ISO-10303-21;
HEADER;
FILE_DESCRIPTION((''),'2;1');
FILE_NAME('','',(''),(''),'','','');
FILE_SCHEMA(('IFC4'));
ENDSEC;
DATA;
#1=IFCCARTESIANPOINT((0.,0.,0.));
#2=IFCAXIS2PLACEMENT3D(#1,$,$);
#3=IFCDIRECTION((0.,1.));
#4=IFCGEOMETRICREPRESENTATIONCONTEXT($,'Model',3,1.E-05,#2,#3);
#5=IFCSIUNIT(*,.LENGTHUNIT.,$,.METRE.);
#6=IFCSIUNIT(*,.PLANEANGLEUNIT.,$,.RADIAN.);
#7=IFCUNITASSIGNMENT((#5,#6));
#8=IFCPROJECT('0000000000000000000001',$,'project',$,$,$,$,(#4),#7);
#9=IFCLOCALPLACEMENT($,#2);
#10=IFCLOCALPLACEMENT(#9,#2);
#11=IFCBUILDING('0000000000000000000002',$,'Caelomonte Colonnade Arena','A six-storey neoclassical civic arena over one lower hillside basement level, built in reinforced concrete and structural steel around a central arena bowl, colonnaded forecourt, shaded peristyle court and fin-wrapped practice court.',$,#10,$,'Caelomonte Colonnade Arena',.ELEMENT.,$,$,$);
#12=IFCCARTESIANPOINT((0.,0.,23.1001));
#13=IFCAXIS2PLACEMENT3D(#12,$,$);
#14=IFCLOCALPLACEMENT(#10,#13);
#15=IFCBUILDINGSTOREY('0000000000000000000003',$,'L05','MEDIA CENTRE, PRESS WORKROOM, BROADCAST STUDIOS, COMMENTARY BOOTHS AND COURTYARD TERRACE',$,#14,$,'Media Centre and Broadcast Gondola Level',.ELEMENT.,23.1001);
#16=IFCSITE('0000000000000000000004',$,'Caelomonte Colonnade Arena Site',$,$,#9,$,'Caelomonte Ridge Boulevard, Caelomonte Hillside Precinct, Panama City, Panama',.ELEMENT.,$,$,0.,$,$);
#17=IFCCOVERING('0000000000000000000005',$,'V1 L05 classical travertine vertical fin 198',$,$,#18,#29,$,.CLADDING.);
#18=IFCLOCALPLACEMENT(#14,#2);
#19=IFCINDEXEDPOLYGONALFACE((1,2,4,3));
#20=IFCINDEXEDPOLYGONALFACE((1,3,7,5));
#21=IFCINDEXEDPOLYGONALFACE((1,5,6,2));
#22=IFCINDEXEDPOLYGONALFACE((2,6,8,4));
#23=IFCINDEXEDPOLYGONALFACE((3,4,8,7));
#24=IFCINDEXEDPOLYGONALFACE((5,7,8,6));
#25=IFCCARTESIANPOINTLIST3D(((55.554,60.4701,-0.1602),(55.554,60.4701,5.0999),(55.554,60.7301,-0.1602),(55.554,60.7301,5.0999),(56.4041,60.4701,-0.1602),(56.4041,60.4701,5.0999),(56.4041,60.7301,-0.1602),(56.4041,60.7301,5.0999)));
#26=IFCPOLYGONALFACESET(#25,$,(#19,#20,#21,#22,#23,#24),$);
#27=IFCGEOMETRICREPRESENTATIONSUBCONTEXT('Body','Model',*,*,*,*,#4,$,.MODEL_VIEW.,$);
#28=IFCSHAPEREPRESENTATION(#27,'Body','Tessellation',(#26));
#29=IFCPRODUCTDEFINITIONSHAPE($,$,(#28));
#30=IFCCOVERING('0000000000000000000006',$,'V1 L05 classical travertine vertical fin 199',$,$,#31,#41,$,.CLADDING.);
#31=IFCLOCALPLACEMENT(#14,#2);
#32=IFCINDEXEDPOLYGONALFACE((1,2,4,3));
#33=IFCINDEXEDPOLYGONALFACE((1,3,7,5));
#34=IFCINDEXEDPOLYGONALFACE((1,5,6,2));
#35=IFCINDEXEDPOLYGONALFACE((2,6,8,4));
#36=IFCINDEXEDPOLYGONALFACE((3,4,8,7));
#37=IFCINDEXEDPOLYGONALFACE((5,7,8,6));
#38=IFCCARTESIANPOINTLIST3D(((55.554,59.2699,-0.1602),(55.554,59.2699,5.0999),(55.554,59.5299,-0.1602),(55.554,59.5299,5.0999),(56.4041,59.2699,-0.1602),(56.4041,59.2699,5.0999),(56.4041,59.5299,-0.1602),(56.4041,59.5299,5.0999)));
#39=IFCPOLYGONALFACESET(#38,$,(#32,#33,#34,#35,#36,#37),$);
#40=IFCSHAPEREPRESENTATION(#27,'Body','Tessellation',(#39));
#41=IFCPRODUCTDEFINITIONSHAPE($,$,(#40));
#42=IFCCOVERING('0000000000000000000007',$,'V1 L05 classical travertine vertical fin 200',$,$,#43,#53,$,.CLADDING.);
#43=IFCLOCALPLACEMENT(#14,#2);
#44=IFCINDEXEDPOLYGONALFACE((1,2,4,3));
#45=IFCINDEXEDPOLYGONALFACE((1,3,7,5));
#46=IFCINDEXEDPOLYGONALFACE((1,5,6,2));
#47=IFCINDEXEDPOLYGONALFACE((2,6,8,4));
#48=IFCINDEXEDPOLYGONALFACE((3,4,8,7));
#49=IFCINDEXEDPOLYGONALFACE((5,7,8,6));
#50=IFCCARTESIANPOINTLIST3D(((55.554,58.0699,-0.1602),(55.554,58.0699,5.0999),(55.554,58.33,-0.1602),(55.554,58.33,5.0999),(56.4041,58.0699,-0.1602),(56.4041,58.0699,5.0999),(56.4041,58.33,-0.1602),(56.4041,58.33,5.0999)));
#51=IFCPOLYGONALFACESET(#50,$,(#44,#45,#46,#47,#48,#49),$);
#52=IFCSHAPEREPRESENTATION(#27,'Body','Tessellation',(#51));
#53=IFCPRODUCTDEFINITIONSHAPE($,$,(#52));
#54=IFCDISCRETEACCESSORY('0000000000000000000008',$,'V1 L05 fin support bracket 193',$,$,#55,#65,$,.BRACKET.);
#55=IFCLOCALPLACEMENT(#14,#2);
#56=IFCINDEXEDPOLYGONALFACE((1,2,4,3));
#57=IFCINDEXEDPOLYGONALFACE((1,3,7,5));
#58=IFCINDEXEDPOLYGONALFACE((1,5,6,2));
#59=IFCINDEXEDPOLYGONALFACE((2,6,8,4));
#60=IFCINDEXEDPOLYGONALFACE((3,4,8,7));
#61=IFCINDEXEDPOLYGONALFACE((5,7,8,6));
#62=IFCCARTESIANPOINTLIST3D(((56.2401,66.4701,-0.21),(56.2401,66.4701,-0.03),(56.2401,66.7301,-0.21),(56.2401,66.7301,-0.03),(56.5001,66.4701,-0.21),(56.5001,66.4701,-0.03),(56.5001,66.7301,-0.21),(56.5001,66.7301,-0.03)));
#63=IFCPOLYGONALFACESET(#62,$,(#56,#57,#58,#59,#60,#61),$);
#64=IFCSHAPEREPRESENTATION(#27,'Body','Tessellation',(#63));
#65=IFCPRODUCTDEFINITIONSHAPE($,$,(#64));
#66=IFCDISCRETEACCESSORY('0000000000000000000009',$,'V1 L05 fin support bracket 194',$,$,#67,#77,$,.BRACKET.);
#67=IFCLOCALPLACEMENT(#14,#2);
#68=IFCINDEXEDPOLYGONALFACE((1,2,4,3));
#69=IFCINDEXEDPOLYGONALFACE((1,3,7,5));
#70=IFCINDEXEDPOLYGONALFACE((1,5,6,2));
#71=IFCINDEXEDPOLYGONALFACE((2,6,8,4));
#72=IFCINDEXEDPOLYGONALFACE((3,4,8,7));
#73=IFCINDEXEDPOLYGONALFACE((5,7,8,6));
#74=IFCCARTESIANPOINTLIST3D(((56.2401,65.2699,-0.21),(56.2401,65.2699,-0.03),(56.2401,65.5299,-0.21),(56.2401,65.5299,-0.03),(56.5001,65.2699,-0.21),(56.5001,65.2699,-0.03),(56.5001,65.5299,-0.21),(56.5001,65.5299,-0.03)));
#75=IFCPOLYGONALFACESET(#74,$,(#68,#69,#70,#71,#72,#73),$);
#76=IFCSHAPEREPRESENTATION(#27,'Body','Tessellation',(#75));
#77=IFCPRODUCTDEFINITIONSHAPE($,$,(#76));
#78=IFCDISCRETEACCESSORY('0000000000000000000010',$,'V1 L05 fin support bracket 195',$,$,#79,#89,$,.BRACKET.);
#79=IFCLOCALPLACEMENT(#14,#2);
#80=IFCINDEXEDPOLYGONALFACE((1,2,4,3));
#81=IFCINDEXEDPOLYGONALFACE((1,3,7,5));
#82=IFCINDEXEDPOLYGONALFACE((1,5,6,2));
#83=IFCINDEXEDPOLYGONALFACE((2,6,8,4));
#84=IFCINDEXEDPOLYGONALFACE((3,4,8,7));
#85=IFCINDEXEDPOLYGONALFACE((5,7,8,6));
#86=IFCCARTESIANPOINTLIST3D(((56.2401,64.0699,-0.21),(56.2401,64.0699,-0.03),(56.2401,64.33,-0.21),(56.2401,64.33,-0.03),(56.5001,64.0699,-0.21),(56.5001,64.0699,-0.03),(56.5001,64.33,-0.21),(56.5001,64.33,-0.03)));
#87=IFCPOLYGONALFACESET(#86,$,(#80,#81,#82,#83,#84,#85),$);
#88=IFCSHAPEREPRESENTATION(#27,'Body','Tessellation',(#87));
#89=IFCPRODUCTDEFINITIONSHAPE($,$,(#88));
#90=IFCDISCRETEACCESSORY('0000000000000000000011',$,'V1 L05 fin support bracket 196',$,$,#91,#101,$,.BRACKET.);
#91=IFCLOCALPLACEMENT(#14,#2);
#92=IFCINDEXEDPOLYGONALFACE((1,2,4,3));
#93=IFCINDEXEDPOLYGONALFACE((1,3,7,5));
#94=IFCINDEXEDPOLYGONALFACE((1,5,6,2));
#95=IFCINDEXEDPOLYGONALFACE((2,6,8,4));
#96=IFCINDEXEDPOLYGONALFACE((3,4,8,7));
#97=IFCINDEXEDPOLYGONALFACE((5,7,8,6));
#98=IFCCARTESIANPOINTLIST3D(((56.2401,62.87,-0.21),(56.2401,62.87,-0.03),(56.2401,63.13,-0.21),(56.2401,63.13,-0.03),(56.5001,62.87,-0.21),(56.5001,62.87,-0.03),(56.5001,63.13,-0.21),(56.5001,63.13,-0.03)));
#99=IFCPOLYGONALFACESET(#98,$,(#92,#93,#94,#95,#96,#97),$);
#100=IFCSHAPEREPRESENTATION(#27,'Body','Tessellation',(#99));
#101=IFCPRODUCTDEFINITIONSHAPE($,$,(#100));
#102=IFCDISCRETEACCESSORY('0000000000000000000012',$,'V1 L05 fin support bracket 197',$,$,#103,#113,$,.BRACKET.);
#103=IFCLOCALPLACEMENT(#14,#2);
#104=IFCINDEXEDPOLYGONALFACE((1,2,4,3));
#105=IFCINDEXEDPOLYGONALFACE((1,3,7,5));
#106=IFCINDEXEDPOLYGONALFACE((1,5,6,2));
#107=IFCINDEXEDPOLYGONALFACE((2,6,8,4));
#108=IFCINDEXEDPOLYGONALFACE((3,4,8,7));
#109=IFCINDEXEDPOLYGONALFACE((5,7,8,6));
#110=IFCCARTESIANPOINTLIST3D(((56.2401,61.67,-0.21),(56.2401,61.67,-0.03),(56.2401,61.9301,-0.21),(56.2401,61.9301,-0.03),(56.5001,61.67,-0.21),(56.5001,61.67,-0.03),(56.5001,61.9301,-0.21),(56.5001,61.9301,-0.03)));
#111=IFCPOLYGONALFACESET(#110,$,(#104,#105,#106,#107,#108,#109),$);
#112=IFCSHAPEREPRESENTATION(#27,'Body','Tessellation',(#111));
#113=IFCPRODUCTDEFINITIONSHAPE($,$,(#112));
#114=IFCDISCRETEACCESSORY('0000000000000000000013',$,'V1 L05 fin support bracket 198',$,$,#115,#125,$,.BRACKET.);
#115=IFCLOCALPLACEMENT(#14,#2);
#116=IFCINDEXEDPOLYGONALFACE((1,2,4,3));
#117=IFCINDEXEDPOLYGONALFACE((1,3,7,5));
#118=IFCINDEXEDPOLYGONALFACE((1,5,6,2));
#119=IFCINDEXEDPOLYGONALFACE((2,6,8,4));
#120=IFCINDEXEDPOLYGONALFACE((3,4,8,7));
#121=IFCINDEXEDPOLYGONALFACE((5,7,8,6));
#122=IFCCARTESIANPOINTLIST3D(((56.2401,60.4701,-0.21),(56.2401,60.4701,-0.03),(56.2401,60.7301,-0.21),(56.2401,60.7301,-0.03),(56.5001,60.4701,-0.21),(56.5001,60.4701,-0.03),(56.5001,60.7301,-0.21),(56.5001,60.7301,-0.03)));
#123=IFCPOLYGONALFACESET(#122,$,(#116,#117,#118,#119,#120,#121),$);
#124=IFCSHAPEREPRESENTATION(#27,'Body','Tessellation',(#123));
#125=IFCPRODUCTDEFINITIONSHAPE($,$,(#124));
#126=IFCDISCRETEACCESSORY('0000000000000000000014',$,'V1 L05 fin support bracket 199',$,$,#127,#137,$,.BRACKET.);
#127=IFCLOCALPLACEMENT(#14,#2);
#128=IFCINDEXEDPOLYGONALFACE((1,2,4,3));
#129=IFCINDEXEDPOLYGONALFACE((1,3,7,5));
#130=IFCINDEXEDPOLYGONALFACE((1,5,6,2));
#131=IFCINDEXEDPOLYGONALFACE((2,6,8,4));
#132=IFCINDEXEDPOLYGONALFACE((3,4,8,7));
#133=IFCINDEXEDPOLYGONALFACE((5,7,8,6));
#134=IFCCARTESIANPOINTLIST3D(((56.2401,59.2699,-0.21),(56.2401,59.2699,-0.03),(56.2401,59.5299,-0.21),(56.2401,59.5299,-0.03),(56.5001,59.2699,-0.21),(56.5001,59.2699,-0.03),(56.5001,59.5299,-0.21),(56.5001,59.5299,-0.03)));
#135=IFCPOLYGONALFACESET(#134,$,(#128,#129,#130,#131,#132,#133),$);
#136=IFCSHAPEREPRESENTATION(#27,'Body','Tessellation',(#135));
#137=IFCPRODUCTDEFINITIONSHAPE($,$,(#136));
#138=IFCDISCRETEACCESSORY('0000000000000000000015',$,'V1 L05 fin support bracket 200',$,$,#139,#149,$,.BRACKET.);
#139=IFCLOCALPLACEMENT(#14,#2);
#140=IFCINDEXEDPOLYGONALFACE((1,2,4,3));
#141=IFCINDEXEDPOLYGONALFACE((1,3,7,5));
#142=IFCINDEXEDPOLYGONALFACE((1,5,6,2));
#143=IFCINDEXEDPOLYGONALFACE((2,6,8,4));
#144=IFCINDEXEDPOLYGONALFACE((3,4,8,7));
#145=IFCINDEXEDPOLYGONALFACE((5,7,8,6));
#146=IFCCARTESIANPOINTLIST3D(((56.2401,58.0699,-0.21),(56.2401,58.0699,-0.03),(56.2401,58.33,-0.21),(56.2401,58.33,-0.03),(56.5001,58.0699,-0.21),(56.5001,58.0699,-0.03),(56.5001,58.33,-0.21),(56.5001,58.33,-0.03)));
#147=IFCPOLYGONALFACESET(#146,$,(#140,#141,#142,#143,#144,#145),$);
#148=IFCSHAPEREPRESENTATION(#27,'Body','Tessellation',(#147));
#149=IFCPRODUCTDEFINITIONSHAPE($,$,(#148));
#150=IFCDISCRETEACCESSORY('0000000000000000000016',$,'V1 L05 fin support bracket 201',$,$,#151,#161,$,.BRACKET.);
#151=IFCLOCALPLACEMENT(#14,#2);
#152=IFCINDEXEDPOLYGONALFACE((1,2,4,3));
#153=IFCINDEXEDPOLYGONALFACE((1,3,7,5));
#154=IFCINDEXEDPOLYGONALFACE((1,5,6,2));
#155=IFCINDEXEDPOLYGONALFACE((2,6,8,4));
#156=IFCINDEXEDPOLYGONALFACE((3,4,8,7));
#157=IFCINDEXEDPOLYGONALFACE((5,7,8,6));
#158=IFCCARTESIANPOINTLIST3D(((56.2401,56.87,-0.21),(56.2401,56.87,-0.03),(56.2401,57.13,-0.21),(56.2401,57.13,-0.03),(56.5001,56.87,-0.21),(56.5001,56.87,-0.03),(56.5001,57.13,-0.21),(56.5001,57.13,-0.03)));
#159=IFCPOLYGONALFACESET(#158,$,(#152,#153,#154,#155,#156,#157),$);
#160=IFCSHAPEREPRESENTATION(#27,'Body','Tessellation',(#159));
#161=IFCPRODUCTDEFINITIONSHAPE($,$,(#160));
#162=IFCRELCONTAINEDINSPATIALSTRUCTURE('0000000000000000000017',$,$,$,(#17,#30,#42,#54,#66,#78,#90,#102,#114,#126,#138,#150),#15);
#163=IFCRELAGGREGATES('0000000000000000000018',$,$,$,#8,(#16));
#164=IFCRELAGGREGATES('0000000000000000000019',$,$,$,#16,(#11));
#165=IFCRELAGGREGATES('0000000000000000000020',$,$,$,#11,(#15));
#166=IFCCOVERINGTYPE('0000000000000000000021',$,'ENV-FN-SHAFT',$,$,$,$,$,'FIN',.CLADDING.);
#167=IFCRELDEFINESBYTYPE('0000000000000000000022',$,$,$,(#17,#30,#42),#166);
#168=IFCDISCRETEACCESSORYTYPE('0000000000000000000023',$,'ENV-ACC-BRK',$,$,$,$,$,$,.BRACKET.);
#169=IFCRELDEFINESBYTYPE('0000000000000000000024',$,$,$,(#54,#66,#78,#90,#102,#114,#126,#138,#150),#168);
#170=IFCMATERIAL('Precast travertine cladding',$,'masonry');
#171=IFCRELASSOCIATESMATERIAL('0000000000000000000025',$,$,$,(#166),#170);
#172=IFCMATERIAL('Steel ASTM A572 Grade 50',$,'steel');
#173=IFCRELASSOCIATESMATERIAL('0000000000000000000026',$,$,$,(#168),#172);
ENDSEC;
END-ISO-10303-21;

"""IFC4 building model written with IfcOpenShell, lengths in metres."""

from ifc_helpers import new_model, si_unit, direction, frame, origin, origin_2d, place, context, subcontext, project, spatial, rectangle, extrude, material, material_profile, profile_set, type_object, element, save


model = new_model("IFC4")

# Units and contexts
model_context = context("Model", 3, precision=1e-05, world=origin(), true_north=direction((0.0, 1.0)))
body_context = subcontext(model_context, "Body", "Model", "MODEL_VIEW")
ifc_project = project(units=[si_unit("LENGTHUNIT", "METRE"), si_unit("PLANEANGLEUNIT", "RADIAN")], contexts=[model_context])

# Site, building, storey
site_placement = place(None, origin())
site = spatial("IfcSite", under=ifc_project, at=site_placement, Name="Caelomonte Colonnade Arena Site", LongName="Caelomonte Ridge Boulevard, Caelomonte Hillside Precinct, Panama City, Panama", CompositionType="ELEMENT", RefElevation=0.0)
building_placement = place(site_placement, origin())
building = spatial("IfcBuilding", under=site, at=building_placement, Name="Caelomonte Colonnade Arena", Description="A six-storey neoclassical civic arena over one lower hillside basement level, built in reinforced concrete and structural steel around a central arena bowl, colonnaded forecourt, shaded peristyle court and fin-wrapped practice court.", LongName="Caelomonte Colonnade Arena", CompositionType="ELEMENT")
storey_placement = place(building_placement, frame((0.0, 0.0, 23.1001)))
storey = spatial("IfcBuildingStorey", under=building, at=storey_placement, Name="L05", Description="MEDIA CENTRE, PRESS WORKROOM, BROADCAST STUDIOS, COMMENTARY BOOTHS AND COURTYARD TERRACE", LongName="Media Centre and Broadcast Gondola Level", CompositionType="ELEMENT", Elevation=23.1001)

# Coverings
ifc_material_1 = material(Name="Precast travertine cladding", Category="masonry")
ifc_material_profile_1 = material_profile(ifc_material_1, rectangle(XDim=0.26, YDim=0.8501, at=origin_2d()), Name="FIN260X850")
ifc_profile_set_1 = profile_set([ifc_material_profile_1], Name="Precast travertine cladding")
covering_type = type_object("IfcCoveringType", Name="ENV-FN-SHAFT", ElementType="FIN", PredefinedType="CLADDING", material=ifc_profile_set_1)
for number, where, z_axis, x_axis, name in (
    (1, (55.979, 60.6001, -0.1602), (0.0, 0.0, 1.0), (0.0, 1.0, 0.0), "V1 L05 classical travertine vertical fin 198"),
    (2, (55.979, 59.3999, -0.1602), (0.0, 0.0, 1.0), (0.0, 1.0, 0.0), "V1 L05 classical travertine vertical fin 199"),
    (3, (55.979, 58.2, -0.1602), (0.0, 0.0, 1.0), (0.0, 1.0, 0.0), "V1 L05 classical travertine vertical fin 200"),
):
    element("IfcCovering", number, at=place(storey_placement, frame(where, z_axis=z_axis, x_axis=x_axis)), inside=storey, type_object=covering_type, Name=name, PredefinedType="CLADDING", context=body_context, shape_type="SweptSolid", body=[
        extrude(rectangle(XDim=0.26, YDim=0.8501, at=origin_2d()), origin(), (0.0, 0.0, 1.0), 5.26),
    ])

# Discrete accessories
ifc_material_2 = material(Name="Steel ASTM A572 Grade 50", Category="steel")
discrete_accessory_type = type_object("IfcDiscreteAccessoryType", Name="ENV-ACC-BRK", PredefinedType="BRACKET", material=ifc_material_2)
for number, where, z_axis, x_axis, name in (
    (4, (56.3701, 66.6001, -0.21), (0.0, 0.0, 1.0), (0.0, -1.0, 0.0), "V1 L05 fin support bracket 193"),
    (5, (56.3701, 65.3999, -0.21), (0.0, 0.0, 1.0), (0.0, -1.0, 0.0), "V1 L05 fin support bracket 194"),
    (6, (56.3701, 64.2, -0.21), (0.0, 0.0, 1.0), (0.0, -1.0, 0.0), "V1 L05 fin support bracket 195"),
    (7, (56.3701, 63.0, -0.21), (0.0, 0.0, 1.0), (0.0, -1.0, 0.0), "V1 L05 fin support bracket 196"),
    (8, (56.3701, 61.8, -0.21), (0.0, 0.0, 1.0), (0.0, -1.0, 0.0), "V1 L05 fin support bracket 197"),
    (9, (56.3701, 60.6001, -0.21), (0.0, 0.0, 1.0), (0.0, -1.0, 0.0), "V1 L05 fin support bracket 198"),
    (10, (56.3701, 59.3999, -0.21), (0.0, 0.0, 1.0), (0.0, -1.0, 0.0), "V1 L05 fin support bracket 199"),
    (11, (56.3701, 58.2, -0.21), (0.0, 0.0, 1.0), (0.0, -1.0, 0.0), "V1 L05 fin support bracket 200"),
    (12, (56.3701, 57.0, -0.21), (0.0, 0.0, 1.0), (0.0, -1.0, 0.0), "V1 L05 fin support bracket 201"),
):
    element("IfcDiscreteAccessory", number, at=place(storey_placement, frame(where, z_axis=z_axis, x_axis=x_axis)), inside=storey, type_object=discrete_accessory_type, Name=name, PredefinedType="BRACKET", context=body_context, shape_type="SweptSolid", body=[
        extrude(rectangle(XDim=0.26, YDim=0.26, at=origin_2d()), origin(), (0.0, 0.0, 1.0), 0.1799),
    ])

save(model, "model.ifc")
